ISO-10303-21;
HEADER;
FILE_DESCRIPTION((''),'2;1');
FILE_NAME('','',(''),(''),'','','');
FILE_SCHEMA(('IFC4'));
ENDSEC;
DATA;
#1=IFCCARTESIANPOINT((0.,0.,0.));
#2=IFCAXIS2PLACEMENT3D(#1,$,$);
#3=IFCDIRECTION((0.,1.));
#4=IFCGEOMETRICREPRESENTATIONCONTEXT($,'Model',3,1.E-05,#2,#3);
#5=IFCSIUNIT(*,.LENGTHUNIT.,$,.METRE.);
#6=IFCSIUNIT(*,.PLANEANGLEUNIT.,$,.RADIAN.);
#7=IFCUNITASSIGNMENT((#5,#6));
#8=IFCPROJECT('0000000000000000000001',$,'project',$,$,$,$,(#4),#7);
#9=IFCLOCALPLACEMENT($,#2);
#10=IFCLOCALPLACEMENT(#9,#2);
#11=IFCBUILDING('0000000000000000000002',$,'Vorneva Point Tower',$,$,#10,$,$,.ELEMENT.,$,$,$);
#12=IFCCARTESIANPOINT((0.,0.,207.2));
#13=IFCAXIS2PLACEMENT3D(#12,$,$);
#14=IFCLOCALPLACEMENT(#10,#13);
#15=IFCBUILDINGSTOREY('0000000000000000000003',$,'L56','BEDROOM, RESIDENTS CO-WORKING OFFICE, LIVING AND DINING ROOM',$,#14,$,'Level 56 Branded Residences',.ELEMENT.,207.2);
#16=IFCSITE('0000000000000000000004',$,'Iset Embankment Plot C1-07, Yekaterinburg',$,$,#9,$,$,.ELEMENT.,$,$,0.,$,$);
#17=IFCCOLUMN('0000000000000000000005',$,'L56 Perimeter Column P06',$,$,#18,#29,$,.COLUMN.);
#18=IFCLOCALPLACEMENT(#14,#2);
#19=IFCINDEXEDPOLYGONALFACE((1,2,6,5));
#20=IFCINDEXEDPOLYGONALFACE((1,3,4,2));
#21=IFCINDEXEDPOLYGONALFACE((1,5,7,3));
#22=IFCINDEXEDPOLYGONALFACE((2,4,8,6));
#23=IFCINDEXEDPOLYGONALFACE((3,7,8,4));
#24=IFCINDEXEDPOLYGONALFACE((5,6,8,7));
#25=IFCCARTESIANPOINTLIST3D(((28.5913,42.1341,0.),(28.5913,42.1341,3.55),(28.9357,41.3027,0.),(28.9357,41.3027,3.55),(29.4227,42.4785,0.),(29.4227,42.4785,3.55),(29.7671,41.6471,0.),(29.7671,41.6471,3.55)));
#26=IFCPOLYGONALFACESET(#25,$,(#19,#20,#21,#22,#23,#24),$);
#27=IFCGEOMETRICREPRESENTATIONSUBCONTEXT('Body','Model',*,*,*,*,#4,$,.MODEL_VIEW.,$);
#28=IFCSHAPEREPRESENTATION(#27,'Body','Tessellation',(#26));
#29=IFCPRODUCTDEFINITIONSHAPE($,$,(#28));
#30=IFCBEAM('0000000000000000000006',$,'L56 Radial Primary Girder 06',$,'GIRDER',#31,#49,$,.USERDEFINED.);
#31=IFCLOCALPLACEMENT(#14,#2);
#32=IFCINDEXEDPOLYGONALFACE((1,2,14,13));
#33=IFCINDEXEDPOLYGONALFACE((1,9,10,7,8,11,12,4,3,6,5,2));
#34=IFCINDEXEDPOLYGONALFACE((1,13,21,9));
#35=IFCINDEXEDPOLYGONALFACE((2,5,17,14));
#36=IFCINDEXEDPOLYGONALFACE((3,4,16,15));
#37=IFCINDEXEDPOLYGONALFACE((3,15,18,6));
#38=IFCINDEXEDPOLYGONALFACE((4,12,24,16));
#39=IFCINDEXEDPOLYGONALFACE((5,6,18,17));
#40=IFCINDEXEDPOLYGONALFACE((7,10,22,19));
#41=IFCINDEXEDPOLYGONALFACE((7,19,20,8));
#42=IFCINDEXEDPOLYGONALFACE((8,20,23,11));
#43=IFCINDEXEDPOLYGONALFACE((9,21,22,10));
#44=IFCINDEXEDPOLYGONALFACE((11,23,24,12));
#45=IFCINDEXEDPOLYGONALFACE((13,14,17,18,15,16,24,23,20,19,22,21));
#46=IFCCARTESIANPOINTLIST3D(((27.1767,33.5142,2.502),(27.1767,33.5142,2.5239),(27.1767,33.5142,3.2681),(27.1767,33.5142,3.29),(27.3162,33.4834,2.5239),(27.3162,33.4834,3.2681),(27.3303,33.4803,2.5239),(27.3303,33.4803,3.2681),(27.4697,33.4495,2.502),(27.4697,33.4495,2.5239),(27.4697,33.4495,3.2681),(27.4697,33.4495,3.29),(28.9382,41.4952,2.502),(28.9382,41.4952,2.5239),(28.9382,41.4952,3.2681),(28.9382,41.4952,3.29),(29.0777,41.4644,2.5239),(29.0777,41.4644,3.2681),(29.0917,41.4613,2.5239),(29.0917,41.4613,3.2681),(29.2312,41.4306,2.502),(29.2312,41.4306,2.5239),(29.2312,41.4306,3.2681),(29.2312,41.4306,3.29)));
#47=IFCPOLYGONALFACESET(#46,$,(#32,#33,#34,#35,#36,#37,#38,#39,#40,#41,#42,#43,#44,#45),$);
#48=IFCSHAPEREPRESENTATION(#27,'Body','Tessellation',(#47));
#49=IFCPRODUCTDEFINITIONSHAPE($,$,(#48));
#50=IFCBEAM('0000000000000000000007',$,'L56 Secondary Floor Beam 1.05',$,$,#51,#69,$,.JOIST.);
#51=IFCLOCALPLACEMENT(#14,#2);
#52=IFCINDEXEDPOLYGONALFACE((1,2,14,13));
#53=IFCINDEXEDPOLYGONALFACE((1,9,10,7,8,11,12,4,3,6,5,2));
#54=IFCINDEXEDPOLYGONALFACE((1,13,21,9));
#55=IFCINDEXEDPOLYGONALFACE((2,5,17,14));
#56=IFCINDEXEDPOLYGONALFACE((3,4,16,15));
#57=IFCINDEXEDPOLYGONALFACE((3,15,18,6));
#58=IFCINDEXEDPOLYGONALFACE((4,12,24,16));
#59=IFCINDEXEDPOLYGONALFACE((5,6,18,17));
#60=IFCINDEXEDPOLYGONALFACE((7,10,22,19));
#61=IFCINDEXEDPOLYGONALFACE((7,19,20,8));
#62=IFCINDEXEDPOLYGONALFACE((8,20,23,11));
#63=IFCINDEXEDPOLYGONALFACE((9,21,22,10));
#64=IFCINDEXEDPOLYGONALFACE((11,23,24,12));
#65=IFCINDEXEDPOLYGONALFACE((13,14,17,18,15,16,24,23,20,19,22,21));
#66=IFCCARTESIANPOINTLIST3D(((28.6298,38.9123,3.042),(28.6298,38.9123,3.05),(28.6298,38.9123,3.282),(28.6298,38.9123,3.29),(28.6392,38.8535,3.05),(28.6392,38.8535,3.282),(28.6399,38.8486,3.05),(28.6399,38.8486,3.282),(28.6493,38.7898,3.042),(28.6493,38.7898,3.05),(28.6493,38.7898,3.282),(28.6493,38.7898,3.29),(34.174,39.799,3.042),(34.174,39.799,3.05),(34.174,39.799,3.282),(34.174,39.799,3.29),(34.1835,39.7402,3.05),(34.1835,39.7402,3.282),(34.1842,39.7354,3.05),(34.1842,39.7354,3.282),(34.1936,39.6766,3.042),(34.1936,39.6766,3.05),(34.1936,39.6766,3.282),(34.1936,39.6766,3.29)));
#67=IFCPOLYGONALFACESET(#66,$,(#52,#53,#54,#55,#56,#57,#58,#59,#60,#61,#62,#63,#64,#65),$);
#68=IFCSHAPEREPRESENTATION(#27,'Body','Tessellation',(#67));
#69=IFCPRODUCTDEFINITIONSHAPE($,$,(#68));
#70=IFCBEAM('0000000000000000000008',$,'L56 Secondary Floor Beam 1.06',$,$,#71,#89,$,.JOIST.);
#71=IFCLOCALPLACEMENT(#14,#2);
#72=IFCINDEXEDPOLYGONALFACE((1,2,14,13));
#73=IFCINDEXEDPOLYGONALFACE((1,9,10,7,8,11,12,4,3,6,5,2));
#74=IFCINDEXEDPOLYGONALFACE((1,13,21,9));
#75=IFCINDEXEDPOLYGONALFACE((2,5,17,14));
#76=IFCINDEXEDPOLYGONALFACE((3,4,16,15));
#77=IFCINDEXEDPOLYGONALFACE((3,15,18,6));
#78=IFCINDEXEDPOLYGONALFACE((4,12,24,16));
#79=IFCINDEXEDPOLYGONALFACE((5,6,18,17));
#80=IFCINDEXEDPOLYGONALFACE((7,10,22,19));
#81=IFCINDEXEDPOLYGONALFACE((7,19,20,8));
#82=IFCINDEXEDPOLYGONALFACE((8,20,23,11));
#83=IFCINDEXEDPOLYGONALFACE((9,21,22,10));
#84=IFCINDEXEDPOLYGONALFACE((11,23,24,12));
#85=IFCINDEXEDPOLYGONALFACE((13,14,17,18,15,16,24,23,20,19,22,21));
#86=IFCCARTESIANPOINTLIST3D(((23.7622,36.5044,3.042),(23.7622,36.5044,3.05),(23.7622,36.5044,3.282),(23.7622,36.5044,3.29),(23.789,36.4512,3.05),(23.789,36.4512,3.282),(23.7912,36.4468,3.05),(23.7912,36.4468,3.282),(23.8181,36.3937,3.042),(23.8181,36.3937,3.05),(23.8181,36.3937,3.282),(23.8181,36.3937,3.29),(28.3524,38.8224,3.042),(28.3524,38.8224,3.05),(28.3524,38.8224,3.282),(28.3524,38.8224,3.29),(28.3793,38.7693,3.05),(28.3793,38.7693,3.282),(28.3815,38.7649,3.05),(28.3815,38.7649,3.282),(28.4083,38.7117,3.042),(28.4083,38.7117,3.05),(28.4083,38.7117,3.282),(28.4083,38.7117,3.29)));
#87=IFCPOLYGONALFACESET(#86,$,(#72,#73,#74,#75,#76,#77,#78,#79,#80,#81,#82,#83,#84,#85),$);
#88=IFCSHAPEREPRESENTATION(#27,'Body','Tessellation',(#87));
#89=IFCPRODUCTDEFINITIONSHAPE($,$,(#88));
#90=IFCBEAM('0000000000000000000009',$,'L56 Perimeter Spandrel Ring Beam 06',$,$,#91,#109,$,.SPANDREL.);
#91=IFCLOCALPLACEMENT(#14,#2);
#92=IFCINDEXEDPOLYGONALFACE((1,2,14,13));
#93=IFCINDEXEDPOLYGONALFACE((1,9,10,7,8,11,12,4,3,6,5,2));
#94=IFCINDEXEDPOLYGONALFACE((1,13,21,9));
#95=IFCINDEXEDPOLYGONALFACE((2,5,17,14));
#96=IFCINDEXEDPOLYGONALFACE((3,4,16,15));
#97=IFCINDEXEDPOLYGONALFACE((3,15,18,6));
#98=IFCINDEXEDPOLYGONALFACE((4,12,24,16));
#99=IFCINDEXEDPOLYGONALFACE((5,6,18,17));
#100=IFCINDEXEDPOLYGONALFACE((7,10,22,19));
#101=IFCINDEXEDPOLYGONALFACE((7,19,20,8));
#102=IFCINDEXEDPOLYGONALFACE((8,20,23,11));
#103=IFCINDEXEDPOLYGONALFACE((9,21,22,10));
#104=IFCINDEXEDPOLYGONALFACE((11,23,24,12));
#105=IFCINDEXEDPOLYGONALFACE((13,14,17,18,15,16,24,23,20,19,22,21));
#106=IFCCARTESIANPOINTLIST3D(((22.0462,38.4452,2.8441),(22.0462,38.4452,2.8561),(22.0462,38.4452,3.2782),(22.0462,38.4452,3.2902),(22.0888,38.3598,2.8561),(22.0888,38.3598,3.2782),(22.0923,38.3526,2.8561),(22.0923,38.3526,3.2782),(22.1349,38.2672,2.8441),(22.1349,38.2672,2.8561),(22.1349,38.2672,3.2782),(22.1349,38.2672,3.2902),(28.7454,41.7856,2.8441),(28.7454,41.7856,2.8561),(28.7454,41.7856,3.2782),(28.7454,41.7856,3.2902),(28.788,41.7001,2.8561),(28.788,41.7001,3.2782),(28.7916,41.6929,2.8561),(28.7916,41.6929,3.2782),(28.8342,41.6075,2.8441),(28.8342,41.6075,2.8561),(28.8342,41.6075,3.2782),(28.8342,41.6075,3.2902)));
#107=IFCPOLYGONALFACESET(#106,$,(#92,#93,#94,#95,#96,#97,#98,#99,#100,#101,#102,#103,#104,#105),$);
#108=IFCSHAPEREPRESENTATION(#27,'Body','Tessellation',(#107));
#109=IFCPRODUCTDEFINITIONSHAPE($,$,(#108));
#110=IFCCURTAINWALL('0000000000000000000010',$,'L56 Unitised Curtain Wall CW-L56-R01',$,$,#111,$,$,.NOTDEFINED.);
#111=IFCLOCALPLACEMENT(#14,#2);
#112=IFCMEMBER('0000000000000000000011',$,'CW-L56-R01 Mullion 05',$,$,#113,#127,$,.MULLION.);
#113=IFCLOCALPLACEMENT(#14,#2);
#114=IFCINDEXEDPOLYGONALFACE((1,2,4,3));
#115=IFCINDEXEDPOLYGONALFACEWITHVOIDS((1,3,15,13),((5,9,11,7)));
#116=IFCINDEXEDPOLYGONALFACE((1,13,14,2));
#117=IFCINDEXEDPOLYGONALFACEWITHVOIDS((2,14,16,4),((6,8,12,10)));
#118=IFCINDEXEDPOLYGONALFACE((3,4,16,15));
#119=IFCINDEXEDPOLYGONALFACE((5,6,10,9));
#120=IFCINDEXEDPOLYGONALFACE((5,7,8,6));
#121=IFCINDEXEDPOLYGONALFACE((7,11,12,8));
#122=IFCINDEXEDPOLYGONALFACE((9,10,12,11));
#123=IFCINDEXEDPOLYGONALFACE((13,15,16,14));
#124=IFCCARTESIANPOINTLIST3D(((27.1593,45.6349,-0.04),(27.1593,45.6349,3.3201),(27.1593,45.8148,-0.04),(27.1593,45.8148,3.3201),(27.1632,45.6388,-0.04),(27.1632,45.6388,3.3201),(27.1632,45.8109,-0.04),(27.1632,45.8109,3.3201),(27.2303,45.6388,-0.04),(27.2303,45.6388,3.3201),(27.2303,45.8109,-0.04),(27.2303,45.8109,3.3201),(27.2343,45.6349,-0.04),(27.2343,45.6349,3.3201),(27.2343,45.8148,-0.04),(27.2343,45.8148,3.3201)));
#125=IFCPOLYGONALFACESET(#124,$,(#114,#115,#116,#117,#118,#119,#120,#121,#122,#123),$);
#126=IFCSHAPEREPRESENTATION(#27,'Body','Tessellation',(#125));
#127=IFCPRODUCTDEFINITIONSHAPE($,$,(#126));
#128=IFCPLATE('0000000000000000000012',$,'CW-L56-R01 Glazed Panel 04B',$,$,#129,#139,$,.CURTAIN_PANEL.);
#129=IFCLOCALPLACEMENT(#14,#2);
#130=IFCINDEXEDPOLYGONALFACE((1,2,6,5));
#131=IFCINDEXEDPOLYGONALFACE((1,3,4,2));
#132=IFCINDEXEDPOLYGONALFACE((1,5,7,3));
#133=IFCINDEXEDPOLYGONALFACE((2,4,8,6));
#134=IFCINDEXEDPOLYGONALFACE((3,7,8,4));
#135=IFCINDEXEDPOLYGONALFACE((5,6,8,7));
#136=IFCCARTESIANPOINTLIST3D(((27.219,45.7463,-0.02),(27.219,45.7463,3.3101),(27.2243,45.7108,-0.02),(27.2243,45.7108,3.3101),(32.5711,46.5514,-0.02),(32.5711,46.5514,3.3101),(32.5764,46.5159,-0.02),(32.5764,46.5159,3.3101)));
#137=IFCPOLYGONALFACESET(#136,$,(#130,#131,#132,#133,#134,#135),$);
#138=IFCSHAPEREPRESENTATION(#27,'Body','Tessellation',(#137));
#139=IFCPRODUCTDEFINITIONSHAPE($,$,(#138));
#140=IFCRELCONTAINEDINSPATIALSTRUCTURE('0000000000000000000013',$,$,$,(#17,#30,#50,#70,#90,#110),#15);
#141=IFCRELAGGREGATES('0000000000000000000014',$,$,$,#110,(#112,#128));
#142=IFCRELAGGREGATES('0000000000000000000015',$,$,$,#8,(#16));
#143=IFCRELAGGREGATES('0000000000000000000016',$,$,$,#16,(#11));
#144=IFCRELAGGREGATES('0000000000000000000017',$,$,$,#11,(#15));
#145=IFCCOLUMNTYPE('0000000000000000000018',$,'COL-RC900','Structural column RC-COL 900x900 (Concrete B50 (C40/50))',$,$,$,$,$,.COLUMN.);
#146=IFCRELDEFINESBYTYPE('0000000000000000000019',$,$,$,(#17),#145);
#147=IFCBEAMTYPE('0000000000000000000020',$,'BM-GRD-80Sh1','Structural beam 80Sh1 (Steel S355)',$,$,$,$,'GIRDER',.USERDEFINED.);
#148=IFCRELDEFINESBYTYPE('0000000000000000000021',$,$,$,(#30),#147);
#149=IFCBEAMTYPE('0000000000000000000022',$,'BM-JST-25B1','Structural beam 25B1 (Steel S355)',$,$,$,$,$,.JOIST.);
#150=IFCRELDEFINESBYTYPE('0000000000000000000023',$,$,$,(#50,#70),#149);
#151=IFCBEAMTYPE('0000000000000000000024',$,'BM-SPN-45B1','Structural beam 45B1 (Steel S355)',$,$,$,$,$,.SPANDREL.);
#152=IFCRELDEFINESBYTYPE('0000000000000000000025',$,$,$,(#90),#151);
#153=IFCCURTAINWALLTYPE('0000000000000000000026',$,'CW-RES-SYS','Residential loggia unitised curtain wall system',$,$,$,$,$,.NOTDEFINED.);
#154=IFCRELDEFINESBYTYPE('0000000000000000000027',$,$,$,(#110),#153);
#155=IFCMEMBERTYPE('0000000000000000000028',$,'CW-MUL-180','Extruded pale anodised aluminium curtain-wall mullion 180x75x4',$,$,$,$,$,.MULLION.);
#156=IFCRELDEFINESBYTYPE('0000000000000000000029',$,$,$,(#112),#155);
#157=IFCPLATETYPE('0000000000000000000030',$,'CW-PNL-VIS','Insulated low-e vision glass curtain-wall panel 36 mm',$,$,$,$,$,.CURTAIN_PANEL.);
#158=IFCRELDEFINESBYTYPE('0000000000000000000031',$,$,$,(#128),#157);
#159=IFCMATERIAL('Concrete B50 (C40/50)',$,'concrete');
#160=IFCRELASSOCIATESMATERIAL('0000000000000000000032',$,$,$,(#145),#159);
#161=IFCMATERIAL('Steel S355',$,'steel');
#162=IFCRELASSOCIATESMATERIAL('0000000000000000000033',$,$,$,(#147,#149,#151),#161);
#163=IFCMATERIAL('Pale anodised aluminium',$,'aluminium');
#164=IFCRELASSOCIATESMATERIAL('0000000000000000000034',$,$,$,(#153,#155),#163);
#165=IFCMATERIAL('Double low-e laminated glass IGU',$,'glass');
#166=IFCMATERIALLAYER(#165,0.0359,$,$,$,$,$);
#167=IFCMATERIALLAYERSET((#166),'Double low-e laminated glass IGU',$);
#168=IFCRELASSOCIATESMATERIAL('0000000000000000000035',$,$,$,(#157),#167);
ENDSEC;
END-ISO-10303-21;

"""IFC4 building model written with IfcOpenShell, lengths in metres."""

from ifc_helpers import new_model, si_unit, direction, frame, origin, origin_2d, place, context, subcontext, project, spatial, rectangle, hollow_rectangle, i_section, extrude, material, layer, layer_set, material_profile, profile_set, type_object, element, aggregate, save


model = new_model("IFC4")

# Units and contexts
model_context = context("Model", 3, precision=1e-05, world=origin(), true_north=direction((0.0, 1.0)))
body_context = subcontext(model_context, "Body", "Model", "MODEL_VIEW")
ifc_project = project(units=[si_unit("LENGTHUNIT", "METRE"), si_unit("PLANEANGLEUNIT", "RADIAN")], contexts=[model_context])

# Site, building, storey
site_placement = place(None, origin())
site = spatial("IfcSite", under=ifc_project, at=site_placement, Name="Iset Embankment Plot C1-07, Yekaterinburg", CompositionType="ELEMENT", RefElevation=0.0)
building_placement = place(site_placement, origin())
building = spatial("IfcBuilding", under=site, at=building_placement, Name="Vorneva Point Tower", CompositionType="ELEMENT")
storey_placement = place(building_placement, frame((0.0, 0.0, 207.2)))
storey = spatial("IfcBuildingStorey", under=building, at=storey_placement, Name="L56", Description="BEDROOM, RESIDENTS CO-WORKING OFFICE, LIVING AND DINING ROOM", LongName="Level 56 Branded Residences", CompositionType="ELEMENT", Elevation=207.2)

# Column
ifc_material_1 = material(Name="Concrete B50 (C40/50)", Category="concrete")
ifc_material_profile_1 = material_profile(ifc_material_1, rectangle(XDim=0.8999, YDim=0.8999, at=origin_2d()), Name="RC-COL 900x900")
ifc_profile_set_1 = profile_set([ifc_material_profile_1], Name="Concrete B50 (C40/50)")
column_type = type_object("IfcColumnType", Name="COL-RC900", Description="Structural column RC-COL 900x900 (Concrete B50 (C40/50))", PredefinedType="COLUMN", material=ifc_profile_set_1)
column_placement = place(storey_placement, frame((29.1792, 41.8906, 0.0), z_axis=(0.0, 0.0, 1.0), x_axis=(-0.382683, 0.92388, 0.0)))
element("IfcColumn", 1, at=column_placement, inside=storey, type_object=column_type, Name="L56 Perimeter Column P06", PredefinedType="COLUMN", context=body_context, shape_type="SweptSolid", body=[
    extrude(rectangle(XDim=0.8999, YDim=0.8999, at=origin_2d()), origin(), (0.0, 0.0, 1.0), 3.55),
])

# Beams
ifc_material_2 = material(Name="Steel S355", Category="steel")
ifc_material_profile_2 = material_profile(ifc_material_2, i_section(OverallWidth=0.3, OverallDepth=0.7881, WebThickness=0.0144, FlangeThickness=0.022, at=origin_2d()), Name="80Sh1")
ifc_profile_set_2 = profile_set([ifc_material_profile_2], Name="Steel S355")
beam_type_1 = type_object("IfcBeamType", Name="BM-GRD-80Sh1", Description="Structural beam 80Sh1 (Steel S355)", ElementType="GIRDER", PredefinedType="USERDEFINED", material=ifc_profile_set_2)
beam_1_placement = place(storey_placement, frame((29.0847, 41.4629, 2.896), z_axis=(-0.215523, -0.976499, 0.0), x_axis=(0.976499, -0.215523, 0.0)))
element("IfcBeam", 2, at=beam_1_placement, inside=storey, type_object=beam_type_1, Name="L56 Radial Primary Girder 06", ObjectType="GIRDER", PredefinedType="USERDEFINED", context=body_context, shape_type="SweptSolid", body=[
    extrude(i_section(OverallWidth=0.3, OverallDepth=0.7881, WebThickness=0.0144, FlangeThickness=0.022, at=origin_2d()), origin(), (0.0, 0.0, 1.0), 8.1731),
])
ifc_material_profile_3 = material_profile(ifc_material_2, i_section(OverallWidth=0.124, OverallDepth=0.248, WebThickness=0.0049, FlangeThickness=0.0081, at=origin_2d()), Name="25B1")
ifc_profile_set_3 = profile_set([ifc_material_profile_3], Name="Steel S355")
beam_type_2 = type_object("IfcBeamType", Name="BM-JST-25B1", Description="Structural beam 25B1 (Steel S355)", PredefinedType="JOIST", material=ifc_profile_set_3)
beam_2_placement = place(storey_placement, frame((34.1838, 39.7378, 3.166), z_axis=(-0.98745, -0.157929, 0.0), x_axis=(0.157929, -0.98745, 0.0)))
element("IfcBeam", 3, at=beam_2_placement, inside=storey, type_object=beam_type_2, Name="L56 Secondary Floor Beam 1.05", PredefinedType="JOIST", context=body_context, shape_type="SweptSolid", body=[
    extrude(i_section(OverallWidth=0.124, OverallDepth=0.248, WebThickness=0.0049, FlangeThickness=0.0081, at=origin_2d()), origin(), (0.0, 0.0, 1.0), 5.6147),
])
beam_3_placement = place(storey_placement, frame((28.3804, 38.7671, 3.166), z_axis=(-0.892635, -0.45078, 0.0), x_axis=(0.45078, -0.892635, 0.0)))
element("IfcBeam", 4, at=beam_3_placement, inside=storey, type_object=beam_type_2, Name="L56 Secondary Floor Beam 1.06", PredefinedType="JOIST", context=body_context, shape_type="SweptSolid", body=[
    extrude(i_section(OverallWidth=0.124, OverallDepth=0.248, WebThickness=0.0049, FlangeThickness=0.0081, at=origin_2d()), origin(), (0.0, 0.0, 1.0), 5.1423),
])
ifc_material_profile_4 = material_profile(ifc_material_2, i_section(OverallWidth=0.199, OverallDepth=0.446, WebThickness=0.0081, FlangeThickness=0.012, at=origin_2d()), Name="45B1")
ifc_profile_set_4 = profile_set([ifc_material_profile_4], Name="Steel S355")
beam_type_3 = type_object("IfcBeamType", Name="BM-SPN-45B1", Description="Structural beam 45B1 (Steel S355)", PredefinedType="SPANDREL", material=ifc_profile_set_4)
beam_4_placement = place(storey_placement, frame((28.7898, 41.6965, 3.0671), z_axis=(-0.894922, -0.446222, 0.0), x_axis=(0.446222, -0.894922, 0.0)))
element("IfcBeam", 5, at=beam_4_placement, inside=storey, type_object=beam_type_3, Name="L56 Perimeter Spandrel Ring Beam 06", PredefinedType="SPANDREL", context=body_context, shape_type="SweptSolid", body=[
    extrude(i_section(OverallWidth=0.199, OverallDepth=0.446, WebThickness=0.0081, FlangeThickness=0.012, at=origin_2d()), origin(), (0.0, 0.0, 1.0), 7.4858),
])

# Curtain wall, member, plate
ifc_material_3 = material(Name="Pale anodised aluminium", Category="aluminium")
curtain_wall_type = type_object("IfcCurtainWallType", Name="CW-RES-SYS", Description="Residential loggia unitised curtain wall system", PredefinedType="NOTDEFINED", material=ifc_material_3)
curtain_wall_placement = place(storey_placement, origin())
curtain_wall = element("IfcCurtainWall", 6, at=curtain_wall_placement, inside=storey, type_object=curtain_wall_type, Name="L56 Unitised Curtain Wall CW-L56-R01", PredefinedType="NOTDEFINED")
ifc_material_profile_5 = material_profile(ifc_material_3, hollow_rectangle(XDim=0.075, YDim=0.1799, WallThickness=0.0039, at=origin_2d()), Name="AL-MUL 180x75x4")
ifc_profile_set_5 = profile_set([ifc_material_profile_5], Name="Pale anodised aluminium")
member_type = type_object("IfcMemberType", Name="CW-MUL-180", Description="Extruded pale anodised aluminium curtain-wall mullion 180x75x4", PredefinedType="MULLION", material=ifc_profile_set_5)
member_placement = place(storey_placement, frame((27.1968, 45.7249, -0.04), z_axis=(0.0, 0.0, 1.0), x_axis=(1.0, 0.0, 0.0)))
member = element("IfcMember", 7, at=member_placement, type_object=member_type, Name="CW-L56-R01 Mullion 05", PredefinedType="MULLION", context=body_context, shape_type="SweptSolid", body=[
    extrude(hollow_rectangle(XDim=0.075, YDim=0.1799, WallThickness=0.0039, at=origin_2d()), origin(), (0.0, 0.0, 1.0), 3.3601),
])
ifc_material_4 = material(Name="Double low-e laminated glass IGU", Category="glass")
ifc_layer_1 = layer(ifc_material_4, 0.0359)
ifc_layer_set_1 = layer_set([ifc_layer_1], Name="Double low-e laminated glass IGU")
plate_type = type_object("IfcPlateType", Name="CW-PNL-VIS", Description="Insulated low-e vision glass curtain-wall panel 36 mm", PredefinedType="CURTAIN_PANEL", material=ifc_layer_set_1)
plate_placement = place(storey_placement, frame((29.8977, 46.1311, -0.02), z_axis=(0.0, 0.0, 1.0), x_axis=(-0.988874, -0.148759, 0.0)))
plate = element("IfcPlate", 8, at=plate_placement, type_object=plate_type, Name="CW-L56-R01 Glazed Panel 04B", PredefinedType="CURTAIN_PANEL", context=body_context, shape_type="SweptSolid", body=[
    extrude(rectangle(XDim=5.4124, YDim=0.0359, at=origin_2d()), origin(), (0.0, 0.0, 1.0), 3.3301),
])
aggregate(curtain_wall, [member, plate])

save(model, "model.ifc")
